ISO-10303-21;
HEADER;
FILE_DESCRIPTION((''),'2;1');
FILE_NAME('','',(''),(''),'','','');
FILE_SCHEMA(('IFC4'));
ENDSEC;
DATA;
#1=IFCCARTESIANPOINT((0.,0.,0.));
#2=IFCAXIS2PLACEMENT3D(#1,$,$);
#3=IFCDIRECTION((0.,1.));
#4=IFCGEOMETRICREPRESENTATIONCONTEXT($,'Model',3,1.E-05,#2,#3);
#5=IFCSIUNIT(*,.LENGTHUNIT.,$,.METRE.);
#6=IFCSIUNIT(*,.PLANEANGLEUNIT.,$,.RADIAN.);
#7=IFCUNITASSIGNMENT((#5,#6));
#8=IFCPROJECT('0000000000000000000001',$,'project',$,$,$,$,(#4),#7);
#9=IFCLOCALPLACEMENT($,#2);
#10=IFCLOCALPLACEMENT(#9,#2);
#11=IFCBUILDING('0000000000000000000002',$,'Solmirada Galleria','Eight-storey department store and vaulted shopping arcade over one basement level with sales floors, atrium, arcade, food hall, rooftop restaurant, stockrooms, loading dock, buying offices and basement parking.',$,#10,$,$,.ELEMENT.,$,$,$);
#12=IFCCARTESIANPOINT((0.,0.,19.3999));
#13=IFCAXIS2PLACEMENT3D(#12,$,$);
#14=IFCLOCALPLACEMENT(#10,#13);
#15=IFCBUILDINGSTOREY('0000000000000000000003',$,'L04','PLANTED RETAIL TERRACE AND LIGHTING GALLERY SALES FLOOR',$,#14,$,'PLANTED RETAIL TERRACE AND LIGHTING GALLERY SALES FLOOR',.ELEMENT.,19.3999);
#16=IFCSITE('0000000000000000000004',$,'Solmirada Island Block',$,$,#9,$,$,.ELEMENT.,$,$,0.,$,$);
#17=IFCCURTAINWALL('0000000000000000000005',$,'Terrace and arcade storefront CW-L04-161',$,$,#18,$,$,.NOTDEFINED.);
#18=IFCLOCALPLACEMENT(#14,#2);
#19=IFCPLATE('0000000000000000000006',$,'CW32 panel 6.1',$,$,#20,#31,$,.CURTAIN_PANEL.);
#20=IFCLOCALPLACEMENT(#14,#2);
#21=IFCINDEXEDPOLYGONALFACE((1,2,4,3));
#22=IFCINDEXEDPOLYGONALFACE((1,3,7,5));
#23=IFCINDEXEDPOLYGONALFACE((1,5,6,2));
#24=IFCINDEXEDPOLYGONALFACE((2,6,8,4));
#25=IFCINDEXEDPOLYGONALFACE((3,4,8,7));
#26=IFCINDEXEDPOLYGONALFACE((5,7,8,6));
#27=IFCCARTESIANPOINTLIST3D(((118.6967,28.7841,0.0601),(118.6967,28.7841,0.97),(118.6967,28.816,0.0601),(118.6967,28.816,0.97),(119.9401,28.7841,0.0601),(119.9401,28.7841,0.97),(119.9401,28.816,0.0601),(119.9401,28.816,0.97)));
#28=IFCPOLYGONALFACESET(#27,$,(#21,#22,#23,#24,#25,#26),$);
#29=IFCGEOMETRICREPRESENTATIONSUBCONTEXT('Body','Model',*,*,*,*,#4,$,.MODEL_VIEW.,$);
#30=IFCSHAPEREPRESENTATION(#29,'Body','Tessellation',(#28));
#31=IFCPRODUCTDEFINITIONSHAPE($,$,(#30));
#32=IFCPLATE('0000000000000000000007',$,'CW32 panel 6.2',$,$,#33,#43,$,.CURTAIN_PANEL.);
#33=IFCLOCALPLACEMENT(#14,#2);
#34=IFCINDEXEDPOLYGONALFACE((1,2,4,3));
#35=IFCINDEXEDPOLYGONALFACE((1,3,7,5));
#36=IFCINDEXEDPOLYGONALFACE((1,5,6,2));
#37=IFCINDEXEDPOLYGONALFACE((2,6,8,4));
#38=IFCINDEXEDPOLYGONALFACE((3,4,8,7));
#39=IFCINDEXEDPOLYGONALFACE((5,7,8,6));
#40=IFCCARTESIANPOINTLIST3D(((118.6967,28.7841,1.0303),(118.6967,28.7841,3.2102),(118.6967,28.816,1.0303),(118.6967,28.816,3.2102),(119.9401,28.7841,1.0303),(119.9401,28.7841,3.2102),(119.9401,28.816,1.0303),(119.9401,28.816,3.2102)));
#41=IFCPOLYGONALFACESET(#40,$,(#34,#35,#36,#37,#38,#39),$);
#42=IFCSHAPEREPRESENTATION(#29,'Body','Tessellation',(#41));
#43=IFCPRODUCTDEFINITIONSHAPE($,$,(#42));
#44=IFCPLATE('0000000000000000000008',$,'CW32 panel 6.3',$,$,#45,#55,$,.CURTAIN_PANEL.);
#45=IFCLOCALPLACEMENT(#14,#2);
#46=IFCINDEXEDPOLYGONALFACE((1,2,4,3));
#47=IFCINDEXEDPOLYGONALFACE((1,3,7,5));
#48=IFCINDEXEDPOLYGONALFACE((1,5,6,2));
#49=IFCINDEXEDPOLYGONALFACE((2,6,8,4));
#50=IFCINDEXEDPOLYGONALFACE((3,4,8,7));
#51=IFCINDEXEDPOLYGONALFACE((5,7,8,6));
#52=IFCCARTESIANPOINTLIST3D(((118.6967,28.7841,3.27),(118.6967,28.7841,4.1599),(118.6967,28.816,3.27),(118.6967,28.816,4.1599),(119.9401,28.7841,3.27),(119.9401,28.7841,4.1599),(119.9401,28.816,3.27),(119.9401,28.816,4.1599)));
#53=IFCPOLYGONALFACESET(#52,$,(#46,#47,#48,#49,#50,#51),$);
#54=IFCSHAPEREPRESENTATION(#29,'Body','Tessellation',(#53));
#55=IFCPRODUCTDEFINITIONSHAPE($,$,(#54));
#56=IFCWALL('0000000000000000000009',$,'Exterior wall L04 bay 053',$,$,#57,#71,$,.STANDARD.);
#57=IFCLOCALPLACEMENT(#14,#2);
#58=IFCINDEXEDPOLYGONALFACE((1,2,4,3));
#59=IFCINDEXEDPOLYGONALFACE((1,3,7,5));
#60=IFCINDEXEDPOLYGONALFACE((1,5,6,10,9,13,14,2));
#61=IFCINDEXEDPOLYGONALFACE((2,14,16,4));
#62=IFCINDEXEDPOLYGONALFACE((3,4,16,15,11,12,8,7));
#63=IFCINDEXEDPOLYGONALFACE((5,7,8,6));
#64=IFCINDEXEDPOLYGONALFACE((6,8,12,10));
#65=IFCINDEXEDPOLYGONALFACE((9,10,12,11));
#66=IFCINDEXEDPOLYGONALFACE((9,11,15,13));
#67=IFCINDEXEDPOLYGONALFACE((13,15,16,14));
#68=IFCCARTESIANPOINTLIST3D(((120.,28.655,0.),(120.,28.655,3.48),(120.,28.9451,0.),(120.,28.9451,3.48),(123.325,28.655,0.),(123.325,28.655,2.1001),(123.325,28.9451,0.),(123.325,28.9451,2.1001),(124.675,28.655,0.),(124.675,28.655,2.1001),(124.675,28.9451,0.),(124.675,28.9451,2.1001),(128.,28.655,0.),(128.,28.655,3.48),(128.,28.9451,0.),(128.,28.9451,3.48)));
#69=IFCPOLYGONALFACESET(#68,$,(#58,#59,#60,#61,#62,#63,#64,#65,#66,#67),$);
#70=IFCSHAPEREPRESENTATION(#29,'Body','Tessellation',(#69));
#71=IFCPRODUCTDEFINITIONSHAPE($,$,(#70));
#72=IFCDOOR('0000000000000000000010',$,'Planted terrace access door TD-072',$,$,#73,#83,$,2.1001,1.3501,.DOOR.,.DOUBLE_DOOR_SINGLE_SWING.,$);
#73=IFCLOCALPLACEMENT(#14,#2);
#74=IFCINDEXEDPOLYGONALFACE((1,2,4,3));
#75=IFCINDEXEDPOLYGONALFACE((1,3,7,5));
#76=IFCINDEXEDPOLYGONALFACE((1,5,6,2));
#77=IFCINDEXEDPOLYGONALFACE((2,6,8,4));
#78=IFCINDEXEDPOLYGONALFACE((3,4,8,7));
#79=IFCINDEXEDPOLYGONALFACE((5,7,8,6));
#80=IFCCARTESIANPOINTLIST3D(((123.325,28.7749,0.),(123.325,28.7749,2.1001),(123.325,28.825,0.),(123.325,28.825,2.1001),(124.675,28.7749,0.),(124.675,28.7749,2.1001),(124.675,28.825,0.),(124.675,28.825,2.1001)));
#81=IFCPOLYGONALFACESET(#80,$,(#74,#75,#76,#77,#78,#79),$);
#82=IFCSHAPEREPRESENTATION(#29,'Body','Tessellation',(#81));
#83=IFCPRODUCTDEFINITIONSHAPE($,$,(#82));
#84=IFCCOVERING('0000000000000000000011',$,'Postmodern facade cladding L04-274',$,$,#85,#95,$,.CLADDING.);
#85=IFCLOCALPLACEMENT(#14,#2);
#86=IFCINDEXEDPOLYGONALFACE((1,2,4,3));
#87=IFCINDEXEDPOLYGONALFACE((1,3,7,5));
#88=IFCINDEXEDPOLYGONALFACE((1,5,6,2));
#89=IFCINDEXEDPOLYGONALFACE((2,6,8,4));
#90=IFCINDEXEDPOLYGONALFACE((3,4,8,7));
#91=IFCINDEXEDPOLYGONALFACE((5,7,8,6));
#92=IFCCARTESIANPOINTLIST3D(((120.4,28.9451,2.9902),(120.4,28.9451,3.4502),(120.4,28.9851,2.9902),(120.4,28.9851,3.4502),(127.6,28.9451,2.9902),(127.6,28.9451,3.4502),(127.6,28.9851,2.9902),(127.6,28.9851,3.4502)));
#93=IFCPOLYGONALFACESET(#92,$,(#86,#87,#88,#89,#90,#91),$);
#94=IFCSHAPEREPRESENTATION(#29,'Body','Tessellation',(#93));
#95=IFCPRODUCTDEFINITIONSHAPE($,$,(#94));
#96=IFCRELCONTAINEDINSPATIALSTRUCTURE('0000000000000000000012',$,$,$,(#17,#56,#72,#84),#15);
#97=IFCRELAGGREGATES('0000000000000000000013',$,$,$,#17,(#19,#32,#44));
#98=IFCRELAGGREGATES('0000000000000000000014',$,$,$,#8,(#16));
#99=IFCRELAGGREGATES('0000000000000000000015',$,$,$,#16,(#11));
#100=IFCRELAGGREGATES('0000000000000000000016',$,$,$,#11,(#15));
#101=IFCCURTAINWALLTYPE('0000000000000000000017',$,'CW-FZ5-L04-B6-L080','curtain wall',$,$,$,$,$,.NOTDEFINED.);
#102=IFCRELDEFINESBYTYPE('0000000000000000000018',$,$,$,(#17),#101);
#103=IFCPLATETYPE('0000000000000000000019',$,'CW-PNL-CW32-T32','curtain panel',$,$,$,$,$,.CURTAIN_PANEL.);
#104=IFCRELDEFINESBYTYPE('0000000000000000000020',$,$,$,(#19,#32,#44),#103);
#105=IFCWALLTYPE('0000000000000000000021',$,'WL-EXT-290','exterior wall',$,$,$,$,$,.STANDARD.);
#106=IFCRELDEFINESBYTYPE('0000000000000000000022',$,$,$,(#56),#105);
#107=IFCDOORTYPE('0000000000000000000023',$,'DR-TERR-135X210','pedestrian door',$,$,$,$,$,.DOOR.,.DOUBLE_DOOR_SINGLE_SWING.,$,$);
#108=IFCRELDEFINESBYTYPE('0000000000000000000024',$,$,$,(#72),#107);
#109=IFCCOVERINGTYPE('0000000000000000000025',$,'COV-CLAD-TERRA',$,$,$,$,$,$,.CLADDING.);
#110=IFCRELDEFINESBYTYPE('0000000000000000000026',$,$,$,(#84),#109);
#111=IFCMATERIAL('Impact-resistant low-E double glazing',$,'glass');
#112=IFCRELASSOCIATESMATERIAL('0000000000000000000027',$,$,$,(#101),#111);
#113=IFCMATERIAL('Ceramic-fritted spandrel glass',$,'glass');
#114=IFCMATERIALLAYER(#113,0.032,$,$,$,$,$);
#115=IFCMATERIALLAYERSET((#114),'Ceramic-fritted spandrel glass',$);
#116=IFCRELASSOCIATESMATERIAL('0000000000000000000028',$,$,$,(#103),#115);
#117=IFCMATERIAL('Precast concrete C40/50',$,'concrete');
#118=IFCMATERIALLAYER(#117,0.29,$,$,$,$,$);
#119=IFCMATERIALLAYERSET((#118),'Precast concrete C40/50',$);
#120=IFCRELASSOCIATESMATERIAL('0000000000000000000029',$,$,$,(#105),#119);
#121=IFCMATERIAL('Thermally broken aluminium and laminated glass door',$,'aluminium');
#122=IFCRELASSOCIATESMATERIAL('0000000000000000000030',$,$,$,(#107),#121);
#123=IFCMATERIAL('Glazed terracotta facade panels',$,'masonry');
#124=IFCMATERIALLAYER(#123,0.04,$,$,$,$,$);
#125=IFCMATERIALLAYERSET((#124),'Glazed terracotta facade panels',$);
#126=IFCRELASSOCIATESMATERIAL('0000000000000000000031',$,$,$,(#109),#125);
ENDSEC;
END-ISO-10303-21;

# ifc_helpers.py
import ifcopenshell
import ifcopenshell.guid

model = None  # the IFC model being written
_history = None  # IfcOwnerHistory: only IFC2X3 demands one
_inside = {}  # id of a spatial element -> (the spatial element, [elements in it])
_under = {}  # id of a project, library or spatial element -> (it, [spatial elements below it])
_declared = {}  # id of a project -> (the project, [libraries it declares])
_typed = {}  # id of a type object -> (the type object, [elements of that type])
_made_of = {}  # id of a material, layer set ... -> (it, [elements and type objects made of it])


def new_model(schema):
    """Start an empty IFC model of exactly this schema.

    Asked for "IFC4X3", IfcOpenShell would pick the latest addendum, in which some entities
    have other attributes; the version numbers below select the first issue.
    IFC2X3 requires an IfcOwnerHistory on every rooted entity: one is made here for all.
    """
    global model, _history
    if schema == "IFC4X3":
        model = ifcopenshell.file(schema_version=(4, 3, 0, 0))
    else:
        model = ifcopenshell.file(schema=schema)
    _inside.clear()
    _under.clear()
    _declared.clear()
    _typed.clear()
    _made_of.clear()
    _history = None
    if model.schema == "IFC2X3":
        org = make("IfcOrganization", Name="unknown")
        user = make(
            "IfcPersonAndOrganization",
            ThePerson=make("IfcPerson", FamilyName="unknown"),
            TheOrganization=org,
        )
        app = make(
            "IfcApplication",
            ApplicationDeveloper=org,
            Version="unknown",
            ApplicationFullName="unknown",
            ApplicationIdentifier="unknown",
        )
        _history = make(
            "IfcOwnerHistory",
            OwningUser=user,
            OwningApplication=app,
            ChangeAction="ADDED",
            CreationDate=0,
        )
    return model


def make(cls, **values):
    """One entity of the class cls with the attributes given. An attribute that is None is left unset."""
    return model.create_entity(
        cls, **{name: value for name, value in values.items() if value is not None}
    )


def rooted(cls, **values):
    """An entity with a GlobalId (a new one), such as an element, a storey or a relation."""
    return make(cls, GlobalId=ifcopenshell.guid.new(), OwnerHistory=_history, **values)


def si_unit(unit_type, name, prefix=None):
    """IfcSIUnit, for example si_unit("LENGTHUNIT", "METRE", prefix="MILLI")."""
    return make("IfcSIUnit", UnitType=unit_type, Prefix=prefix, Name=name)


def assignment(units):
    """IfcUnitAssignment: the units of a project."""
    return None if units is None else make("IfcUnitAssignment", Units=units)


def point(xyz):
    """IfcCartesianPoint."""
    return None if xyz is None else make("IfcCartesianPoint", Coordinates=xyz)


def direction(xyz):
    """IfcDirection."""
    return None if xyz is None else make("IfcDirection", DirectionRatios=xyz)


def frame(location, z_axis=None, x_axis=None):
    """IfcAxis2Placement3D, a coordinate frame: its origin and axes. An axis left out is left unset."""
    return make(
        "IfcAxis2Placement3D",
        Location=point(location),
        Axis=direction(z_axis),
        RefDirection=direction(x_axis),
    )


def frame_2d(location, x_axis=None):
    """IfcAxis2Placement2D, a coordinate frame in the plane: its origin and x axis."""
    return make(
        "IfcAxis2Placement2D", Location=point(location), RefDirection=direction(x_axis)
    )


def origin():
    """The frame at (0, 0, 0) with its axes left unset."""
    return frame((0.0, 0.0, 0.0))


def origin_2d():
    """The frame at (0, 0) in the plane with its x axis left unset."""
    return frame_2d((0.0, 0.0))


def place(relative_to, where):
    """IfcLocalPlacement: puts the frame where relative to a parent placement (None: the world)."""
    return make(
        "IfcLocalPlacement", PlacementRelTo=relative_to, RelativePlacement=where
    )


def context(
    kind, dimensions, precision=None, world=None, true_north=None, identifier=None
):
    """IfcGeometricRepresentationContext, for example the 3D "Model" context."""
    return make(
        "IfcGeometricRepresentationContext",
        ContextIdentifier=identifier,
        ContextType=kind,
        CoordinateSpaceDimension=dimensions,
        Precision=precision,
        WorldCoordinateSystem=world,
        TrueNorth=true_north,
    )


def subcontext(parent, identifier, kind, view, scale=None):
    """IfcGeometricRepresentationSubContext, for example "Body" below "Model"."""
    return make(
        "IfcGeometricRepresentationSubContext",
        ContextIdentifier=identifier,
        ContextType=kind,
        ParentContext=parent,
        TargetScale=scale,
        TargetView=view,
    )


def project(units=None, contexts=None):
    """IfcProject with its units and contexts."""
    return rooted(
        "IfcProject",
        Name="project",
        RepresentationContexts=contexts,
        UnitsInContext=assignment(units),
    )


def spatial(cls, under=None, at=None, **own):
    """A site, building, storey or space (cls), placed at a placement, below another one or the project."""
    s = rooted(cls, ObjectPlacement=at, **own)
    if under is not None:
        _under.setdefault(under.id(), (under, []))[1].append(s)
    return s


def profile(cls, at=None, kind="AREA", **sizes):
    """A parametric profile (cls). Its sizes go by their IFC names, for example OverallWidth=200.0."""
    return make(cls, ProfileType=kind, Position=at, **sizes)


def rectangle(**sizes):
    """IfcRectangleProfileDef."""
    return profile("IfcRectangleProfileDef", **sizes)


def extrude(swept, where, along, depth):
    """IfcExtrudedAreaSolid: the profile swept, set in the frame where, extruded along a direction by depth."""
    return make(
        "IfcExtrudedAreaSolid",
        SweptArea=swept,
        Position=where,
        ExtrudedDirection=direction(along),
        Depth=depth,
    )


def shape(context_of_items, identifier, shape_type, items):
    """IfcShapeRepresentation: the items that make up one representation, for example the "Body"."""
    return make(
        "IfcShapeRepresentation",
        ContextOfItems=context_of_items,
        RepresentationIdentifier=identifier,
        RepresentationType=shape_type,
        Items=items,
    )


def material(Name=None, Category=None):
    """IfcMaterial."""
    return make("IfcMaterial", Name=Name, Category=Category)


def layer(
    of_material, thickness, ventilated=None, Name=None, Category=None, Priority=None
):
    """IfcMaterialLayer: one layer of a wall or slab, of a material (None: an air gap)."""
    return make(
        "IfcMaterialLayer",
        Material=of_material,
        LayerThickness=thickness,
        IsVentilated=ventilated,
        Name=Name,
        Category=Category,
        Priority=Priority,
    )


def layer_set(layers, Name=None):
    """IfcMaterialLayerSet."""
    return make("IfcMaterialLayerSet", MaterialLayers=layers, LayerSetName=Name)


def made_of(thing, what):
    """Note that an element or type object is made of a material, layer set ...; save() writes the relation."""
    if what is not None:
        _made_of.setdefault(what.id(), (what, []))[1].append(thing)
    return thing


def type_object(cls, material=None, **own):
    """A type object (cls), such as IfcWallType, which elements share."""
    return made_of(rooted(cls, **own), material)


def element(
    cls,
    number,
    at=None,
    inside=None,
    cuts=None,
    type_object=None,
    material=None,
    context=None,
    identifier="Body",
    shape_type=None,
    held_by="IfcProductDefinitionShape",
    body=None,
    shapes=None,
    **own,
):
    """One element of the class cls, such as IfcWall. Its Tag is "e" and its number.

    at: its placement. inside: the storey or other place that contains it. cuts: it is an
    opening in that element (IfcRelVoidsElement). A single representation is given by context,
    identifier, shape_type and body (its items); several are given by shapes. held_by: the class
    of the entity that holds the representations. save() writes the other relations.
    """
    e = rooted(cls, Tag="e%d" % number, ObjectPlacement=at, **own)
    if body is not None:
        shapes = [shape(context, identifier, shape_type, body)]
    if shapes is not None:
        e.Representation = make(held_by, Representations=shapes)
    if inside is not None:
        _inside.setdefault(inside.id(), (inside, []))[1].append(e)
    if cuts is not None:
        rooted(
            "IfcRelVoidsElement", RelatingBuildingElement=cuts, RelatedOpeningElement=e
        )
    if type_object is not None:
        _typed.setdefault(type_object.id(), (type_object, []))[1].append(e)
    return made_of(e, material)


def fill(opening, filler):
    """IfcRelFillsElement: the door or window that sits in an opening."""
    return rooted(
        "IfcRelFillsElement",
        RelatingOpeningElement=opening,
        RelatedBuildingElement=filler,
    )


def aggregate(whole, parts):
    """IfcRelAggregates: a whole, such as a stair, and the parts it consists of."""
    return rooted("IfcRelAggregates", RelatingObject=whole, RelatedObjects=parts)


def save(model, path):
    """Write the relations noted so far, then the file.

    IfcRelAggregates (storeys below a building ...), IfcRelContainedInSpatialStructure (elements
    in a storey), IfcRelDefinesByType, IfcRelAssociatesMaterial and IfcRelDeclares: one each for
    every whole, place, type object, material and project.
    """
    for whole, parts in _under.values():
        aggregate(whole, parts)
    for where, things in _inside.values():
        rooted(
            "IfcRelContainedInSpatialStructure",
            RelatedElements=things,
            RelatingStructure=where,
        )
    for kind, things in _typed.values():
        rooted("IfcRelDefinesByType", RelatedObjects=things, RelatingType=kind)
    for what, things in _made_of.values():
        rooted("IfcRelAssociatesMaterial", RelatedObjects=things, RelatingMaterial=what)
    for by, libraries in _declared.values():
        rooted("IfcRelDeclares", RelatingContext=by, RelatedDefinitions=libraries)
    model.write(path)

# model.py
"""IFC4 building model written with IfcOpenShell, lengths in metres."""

from ifc_helpers import new_model, si_unit, direction, frame, frame_2d, origin, origin_2d, place, context, subcontext, project, spatial, rectangle, extrude, material, layer, layer_set, type_object, element, fill, aggregate, save


model = new_model("IFC4")

# Units and contexts
model_context = context("Model", 3, precision=1e-05, world=origin(), true_north=direction((0.0, 1.0)))
body_context = subcontext(model_context, "Body", "Model", "MODEL_VIEW")
ifc_project = project(units=[si_unit("LENGTHUNIT", "METRE"), si_unit("PLANEANGLEUNIT", "RADIAN")], contexts=[model_context])

# Site, building, storey
site_placement = place(None, origin())
site = spatial("IfcSite", under=ifc_project, at=site_placement, Name="Solmirada Island Block", CompositionType="ELEMENT", RefElevation=0.0)
building_placement = place(site_placement, origin())
building = spatial("IfcBuilding", under=site, at=building_placement, Name="Solmirada Galleria", Description="Eight-storey department store and vaulted shopping arcade over one basement level with sales floors, atrium, arcade, food hall, rooftop restaurant, stockrooms, loading dock, buying offices and basement parking.", CompositionType="ELEMENT")
storey_placement = place(building_placement, frame((0.0, 0.0, 19.3999)))
storey = spatial("IfcBuildingStorey", under=building, at=storey_placement, Name="L04", Description="PLANTED RETAIL TERRACE AND LIGHTING GALLERY SALES FLOOR", LongName="PLANTED RETAIL TERRACE AND LIGHTING GALLERY SALES FLOOR", CompositionType="ELEMENT", Elevation=19.3999)

# Shared definitions
ifc_material_1 = material(Name="Impact-resistant low-E double glazing", Category="glass")

# Curtain wall
curtain_wall_type_1 = type_object("IfcCurtainWallType", Name="CW-FZ5-L04-B6-L080", Description="curtain wall", PredefinedType="NOTDEFINED", material=ifc_material_1)
curtain_wall_1_placement = place(storey_placement, origin())
curtain_wall_1 = element("IfcCurtainWall", 1, at=curtain_wall_1_placement, inside=storey, type_object=curtain_wall_type_1, Name="Terrace and arcade storefront CW-L04-161", PredefinedType="NOTDEFINED")

# Plates
ifc_material_2 = material(Name="Ceramic-fritted spandrel glass", Category="glass")
ifc_layer_1 = layer(ifc_material_2, 0.032)
ifc_layer_set_1 = layer_set([ifc_layer_1], Name="Ceramic-fritted spandrel glass")
plate_type_1 = type_object("IfcPlateType", Name="CW-PNL-CW32-T32", Description="curtain panel", PredefinedType="CURTAIN_PANEL", material=ifc_layer_set_1)
plate_1_placement = place(storey_placement, frame((119.3184, 28.8, 0.0601), z_axis=(0.0, 0.0, 1.0), x_axis=(1.0, 0.0, 0.0)))
plate_1 = element("IfcPlate", 2, at=plate_1_placement, type_object=plate_type_1, Name="CW32 panel 6.1", PredefinedType="CURTAIN_PANEL", context=body_context, shape_type="SweptSolid", body=[
    extrude(rectangle(XDim=1.2434, YDim=0.032, at=origin_2d()), origin(), (0.0, 0.0, 1.0), 0.9099),
])
plate_2_placement = place(storey_placement, frame((119.3184, 28.8, 1.0303), z_axis=(0.0, 0.0, 1.0), x_axis=(1.0, 0.0, 0.0)))
plate_2 = element("IfcPlate", 3, at=plate_2_placement, type_object=plate_type_1, Name="CW32 panel 6.2", PredefinedType="CURTAIN_PANEL", context=body_context, shape_type="SweptSolid", body=[
    extrude(rectangle(XDim=1.2434, YDim=0.032, at=origin_2d()), origin(), (0.0, 0.0, 1.0), 2.1799),
])
plate_3_placement = place(storey_placement, frame((119.3184, 28.8, 3.27), z_axis=(0.0, 0.0, 1.0), x_axis=(1.0, 0.0, 0.0)))
plate_3 = element("IfcPlate", 4, at=plate_3_placement, type_object=plate_type_1, Name="CW32 panel 6.3", PredefinedType="CURTAIN_PANEL", context=body_context, shape_type="SweptSolid", body=[
    extrude(rectangle(XDim=1.2434, YDim=0.032, at=origin_2d()), origin(), (0.0, 0.0, 1.0), 0.8899),
])
aggregate(curtain_wall_1, [plate_1, plate_2, plate_3])

# Wall, opening, door
ifc_material_3 = material(Name="Precast concrete C40/50", Category="concrete")
ifc_layer_2 = layer(ifc_material_3, 0.29)
ifc_layer_set_2 = layer_set([ifc_layer_2], Name="Precast concrete C40/50")
wall_type = type_object("IfcWallType", Name="WL-EXT-290", Description="exterior wall", PredefinedType="STANDARD", material=ifc_layer_set_2)
wall_placement = place(storey_placement, frame((120.0, 28.8, 0.0), z_axis=(0.0, 0.0, 1.0), x_axis=(1.0, 0.0, 0.0)))
wall = element("IfcWall", 5, at=wall_placement, inside=storey, type_object=wall_type, Name="Exterior wall L04 bay 053", PredefinedType="STANDARD", context=body_context, shape_type="SweptSolid", body=[
    extrude(rectangle(XDim=8.0, YDim=0.29, at=frame_2d((4.0, 0.0))), origin(), (0.0, 0.0, 1.0), 3.48),
])
opening_placement = place(wall_placement, frame((3.325, 0.0, 0.0)))
opening = element("IfcOpeningElement", 6, at=opening_placement, cuts=wall, PredefinedType="OPENING", context=body_context, shape_type="SweptSolid", body=[
    extrude(rectangle(XDim=1.3501, YDim=2.1001, at=frame_2d((0.675, 1.05))), frame((0.0, 0.155, 0.0), z_axis=(0.0, -1.0, 0.0), x_axis=(1.0, 0.0, 0.0)), (0.0, 0.0, 1.0), 0.3101),
])
ifc_material_4 = material(Name="Thermally broken aluminium and laminated glass door", Category="aluminium")
door_type = type_object("IfcDoorType", Name="DR-TERR-135X210", Description="pedestrian door", OperationType="DOUBLE_DOOR_SINGLE_SWING", PredefinedType="DOOR", material=ifc_material_4)
door_placement = place(opening_placement, origin())
door = element("IfcDoor", 7, at=door_placement, inside=storey, type_object=door_type, Name="Planted terrace access door TD-072", OperationType="DOUBLE_DOOR_SINGLE_SWING", OverallHeight=2.1001, OverallWidth=1.3501, PredefinedType="DOOR", context=body_context, shape_type="SweptSolid", body=[
    extrude(rectangle(XDim=1.3501, YDim=2.1001, at=frame_2d((0.675, 1.05))), frame((0.0, 0.0249, 0.0), z_axis=(0.0, -1.0, 0.0), x_axis=(1.0, 0.0, 0.0)), (0.0, 0.0, 1.0), 0.05),
])
fill(opening, door)

# Covering
ifc_material_5 = material(Name="Glazed terracotta facade panels", Category="masonry")
ifc_layer_3 = layer(ifc_material_5, 0.04)
ifc_layer_set_3 = layer_set([ifc_layer_3], Name="Glazed terracotta facade panels")
covering_type = type_object("IfcCoveringType", Name="COV-CLAD-TERRA", PredefinedType="CLADDING", material=ifc_layer_set_3)
covering_placement = place(storey_placement, frame((124.0, 28.9651, 2.9902), z_axis=(0.0, 0.0, 1.0), x_axis=(1.0, 0.0, 0.0)))
element("IfcCovering", 8, at=covering_placement, inside=storey, type_object=covering_type, Name="Postmodern facade cladding L04-274", PredefinedType="CLADDING", context=body_context, shape_type="SweptSolid", body=[
    extrude(rectangle(XDim=7.2, YDim=0.04, at=origin_2d()), origin(), (0.0, 0.0, 1.0), 0.46),
])

save(model, "model.ifc")
